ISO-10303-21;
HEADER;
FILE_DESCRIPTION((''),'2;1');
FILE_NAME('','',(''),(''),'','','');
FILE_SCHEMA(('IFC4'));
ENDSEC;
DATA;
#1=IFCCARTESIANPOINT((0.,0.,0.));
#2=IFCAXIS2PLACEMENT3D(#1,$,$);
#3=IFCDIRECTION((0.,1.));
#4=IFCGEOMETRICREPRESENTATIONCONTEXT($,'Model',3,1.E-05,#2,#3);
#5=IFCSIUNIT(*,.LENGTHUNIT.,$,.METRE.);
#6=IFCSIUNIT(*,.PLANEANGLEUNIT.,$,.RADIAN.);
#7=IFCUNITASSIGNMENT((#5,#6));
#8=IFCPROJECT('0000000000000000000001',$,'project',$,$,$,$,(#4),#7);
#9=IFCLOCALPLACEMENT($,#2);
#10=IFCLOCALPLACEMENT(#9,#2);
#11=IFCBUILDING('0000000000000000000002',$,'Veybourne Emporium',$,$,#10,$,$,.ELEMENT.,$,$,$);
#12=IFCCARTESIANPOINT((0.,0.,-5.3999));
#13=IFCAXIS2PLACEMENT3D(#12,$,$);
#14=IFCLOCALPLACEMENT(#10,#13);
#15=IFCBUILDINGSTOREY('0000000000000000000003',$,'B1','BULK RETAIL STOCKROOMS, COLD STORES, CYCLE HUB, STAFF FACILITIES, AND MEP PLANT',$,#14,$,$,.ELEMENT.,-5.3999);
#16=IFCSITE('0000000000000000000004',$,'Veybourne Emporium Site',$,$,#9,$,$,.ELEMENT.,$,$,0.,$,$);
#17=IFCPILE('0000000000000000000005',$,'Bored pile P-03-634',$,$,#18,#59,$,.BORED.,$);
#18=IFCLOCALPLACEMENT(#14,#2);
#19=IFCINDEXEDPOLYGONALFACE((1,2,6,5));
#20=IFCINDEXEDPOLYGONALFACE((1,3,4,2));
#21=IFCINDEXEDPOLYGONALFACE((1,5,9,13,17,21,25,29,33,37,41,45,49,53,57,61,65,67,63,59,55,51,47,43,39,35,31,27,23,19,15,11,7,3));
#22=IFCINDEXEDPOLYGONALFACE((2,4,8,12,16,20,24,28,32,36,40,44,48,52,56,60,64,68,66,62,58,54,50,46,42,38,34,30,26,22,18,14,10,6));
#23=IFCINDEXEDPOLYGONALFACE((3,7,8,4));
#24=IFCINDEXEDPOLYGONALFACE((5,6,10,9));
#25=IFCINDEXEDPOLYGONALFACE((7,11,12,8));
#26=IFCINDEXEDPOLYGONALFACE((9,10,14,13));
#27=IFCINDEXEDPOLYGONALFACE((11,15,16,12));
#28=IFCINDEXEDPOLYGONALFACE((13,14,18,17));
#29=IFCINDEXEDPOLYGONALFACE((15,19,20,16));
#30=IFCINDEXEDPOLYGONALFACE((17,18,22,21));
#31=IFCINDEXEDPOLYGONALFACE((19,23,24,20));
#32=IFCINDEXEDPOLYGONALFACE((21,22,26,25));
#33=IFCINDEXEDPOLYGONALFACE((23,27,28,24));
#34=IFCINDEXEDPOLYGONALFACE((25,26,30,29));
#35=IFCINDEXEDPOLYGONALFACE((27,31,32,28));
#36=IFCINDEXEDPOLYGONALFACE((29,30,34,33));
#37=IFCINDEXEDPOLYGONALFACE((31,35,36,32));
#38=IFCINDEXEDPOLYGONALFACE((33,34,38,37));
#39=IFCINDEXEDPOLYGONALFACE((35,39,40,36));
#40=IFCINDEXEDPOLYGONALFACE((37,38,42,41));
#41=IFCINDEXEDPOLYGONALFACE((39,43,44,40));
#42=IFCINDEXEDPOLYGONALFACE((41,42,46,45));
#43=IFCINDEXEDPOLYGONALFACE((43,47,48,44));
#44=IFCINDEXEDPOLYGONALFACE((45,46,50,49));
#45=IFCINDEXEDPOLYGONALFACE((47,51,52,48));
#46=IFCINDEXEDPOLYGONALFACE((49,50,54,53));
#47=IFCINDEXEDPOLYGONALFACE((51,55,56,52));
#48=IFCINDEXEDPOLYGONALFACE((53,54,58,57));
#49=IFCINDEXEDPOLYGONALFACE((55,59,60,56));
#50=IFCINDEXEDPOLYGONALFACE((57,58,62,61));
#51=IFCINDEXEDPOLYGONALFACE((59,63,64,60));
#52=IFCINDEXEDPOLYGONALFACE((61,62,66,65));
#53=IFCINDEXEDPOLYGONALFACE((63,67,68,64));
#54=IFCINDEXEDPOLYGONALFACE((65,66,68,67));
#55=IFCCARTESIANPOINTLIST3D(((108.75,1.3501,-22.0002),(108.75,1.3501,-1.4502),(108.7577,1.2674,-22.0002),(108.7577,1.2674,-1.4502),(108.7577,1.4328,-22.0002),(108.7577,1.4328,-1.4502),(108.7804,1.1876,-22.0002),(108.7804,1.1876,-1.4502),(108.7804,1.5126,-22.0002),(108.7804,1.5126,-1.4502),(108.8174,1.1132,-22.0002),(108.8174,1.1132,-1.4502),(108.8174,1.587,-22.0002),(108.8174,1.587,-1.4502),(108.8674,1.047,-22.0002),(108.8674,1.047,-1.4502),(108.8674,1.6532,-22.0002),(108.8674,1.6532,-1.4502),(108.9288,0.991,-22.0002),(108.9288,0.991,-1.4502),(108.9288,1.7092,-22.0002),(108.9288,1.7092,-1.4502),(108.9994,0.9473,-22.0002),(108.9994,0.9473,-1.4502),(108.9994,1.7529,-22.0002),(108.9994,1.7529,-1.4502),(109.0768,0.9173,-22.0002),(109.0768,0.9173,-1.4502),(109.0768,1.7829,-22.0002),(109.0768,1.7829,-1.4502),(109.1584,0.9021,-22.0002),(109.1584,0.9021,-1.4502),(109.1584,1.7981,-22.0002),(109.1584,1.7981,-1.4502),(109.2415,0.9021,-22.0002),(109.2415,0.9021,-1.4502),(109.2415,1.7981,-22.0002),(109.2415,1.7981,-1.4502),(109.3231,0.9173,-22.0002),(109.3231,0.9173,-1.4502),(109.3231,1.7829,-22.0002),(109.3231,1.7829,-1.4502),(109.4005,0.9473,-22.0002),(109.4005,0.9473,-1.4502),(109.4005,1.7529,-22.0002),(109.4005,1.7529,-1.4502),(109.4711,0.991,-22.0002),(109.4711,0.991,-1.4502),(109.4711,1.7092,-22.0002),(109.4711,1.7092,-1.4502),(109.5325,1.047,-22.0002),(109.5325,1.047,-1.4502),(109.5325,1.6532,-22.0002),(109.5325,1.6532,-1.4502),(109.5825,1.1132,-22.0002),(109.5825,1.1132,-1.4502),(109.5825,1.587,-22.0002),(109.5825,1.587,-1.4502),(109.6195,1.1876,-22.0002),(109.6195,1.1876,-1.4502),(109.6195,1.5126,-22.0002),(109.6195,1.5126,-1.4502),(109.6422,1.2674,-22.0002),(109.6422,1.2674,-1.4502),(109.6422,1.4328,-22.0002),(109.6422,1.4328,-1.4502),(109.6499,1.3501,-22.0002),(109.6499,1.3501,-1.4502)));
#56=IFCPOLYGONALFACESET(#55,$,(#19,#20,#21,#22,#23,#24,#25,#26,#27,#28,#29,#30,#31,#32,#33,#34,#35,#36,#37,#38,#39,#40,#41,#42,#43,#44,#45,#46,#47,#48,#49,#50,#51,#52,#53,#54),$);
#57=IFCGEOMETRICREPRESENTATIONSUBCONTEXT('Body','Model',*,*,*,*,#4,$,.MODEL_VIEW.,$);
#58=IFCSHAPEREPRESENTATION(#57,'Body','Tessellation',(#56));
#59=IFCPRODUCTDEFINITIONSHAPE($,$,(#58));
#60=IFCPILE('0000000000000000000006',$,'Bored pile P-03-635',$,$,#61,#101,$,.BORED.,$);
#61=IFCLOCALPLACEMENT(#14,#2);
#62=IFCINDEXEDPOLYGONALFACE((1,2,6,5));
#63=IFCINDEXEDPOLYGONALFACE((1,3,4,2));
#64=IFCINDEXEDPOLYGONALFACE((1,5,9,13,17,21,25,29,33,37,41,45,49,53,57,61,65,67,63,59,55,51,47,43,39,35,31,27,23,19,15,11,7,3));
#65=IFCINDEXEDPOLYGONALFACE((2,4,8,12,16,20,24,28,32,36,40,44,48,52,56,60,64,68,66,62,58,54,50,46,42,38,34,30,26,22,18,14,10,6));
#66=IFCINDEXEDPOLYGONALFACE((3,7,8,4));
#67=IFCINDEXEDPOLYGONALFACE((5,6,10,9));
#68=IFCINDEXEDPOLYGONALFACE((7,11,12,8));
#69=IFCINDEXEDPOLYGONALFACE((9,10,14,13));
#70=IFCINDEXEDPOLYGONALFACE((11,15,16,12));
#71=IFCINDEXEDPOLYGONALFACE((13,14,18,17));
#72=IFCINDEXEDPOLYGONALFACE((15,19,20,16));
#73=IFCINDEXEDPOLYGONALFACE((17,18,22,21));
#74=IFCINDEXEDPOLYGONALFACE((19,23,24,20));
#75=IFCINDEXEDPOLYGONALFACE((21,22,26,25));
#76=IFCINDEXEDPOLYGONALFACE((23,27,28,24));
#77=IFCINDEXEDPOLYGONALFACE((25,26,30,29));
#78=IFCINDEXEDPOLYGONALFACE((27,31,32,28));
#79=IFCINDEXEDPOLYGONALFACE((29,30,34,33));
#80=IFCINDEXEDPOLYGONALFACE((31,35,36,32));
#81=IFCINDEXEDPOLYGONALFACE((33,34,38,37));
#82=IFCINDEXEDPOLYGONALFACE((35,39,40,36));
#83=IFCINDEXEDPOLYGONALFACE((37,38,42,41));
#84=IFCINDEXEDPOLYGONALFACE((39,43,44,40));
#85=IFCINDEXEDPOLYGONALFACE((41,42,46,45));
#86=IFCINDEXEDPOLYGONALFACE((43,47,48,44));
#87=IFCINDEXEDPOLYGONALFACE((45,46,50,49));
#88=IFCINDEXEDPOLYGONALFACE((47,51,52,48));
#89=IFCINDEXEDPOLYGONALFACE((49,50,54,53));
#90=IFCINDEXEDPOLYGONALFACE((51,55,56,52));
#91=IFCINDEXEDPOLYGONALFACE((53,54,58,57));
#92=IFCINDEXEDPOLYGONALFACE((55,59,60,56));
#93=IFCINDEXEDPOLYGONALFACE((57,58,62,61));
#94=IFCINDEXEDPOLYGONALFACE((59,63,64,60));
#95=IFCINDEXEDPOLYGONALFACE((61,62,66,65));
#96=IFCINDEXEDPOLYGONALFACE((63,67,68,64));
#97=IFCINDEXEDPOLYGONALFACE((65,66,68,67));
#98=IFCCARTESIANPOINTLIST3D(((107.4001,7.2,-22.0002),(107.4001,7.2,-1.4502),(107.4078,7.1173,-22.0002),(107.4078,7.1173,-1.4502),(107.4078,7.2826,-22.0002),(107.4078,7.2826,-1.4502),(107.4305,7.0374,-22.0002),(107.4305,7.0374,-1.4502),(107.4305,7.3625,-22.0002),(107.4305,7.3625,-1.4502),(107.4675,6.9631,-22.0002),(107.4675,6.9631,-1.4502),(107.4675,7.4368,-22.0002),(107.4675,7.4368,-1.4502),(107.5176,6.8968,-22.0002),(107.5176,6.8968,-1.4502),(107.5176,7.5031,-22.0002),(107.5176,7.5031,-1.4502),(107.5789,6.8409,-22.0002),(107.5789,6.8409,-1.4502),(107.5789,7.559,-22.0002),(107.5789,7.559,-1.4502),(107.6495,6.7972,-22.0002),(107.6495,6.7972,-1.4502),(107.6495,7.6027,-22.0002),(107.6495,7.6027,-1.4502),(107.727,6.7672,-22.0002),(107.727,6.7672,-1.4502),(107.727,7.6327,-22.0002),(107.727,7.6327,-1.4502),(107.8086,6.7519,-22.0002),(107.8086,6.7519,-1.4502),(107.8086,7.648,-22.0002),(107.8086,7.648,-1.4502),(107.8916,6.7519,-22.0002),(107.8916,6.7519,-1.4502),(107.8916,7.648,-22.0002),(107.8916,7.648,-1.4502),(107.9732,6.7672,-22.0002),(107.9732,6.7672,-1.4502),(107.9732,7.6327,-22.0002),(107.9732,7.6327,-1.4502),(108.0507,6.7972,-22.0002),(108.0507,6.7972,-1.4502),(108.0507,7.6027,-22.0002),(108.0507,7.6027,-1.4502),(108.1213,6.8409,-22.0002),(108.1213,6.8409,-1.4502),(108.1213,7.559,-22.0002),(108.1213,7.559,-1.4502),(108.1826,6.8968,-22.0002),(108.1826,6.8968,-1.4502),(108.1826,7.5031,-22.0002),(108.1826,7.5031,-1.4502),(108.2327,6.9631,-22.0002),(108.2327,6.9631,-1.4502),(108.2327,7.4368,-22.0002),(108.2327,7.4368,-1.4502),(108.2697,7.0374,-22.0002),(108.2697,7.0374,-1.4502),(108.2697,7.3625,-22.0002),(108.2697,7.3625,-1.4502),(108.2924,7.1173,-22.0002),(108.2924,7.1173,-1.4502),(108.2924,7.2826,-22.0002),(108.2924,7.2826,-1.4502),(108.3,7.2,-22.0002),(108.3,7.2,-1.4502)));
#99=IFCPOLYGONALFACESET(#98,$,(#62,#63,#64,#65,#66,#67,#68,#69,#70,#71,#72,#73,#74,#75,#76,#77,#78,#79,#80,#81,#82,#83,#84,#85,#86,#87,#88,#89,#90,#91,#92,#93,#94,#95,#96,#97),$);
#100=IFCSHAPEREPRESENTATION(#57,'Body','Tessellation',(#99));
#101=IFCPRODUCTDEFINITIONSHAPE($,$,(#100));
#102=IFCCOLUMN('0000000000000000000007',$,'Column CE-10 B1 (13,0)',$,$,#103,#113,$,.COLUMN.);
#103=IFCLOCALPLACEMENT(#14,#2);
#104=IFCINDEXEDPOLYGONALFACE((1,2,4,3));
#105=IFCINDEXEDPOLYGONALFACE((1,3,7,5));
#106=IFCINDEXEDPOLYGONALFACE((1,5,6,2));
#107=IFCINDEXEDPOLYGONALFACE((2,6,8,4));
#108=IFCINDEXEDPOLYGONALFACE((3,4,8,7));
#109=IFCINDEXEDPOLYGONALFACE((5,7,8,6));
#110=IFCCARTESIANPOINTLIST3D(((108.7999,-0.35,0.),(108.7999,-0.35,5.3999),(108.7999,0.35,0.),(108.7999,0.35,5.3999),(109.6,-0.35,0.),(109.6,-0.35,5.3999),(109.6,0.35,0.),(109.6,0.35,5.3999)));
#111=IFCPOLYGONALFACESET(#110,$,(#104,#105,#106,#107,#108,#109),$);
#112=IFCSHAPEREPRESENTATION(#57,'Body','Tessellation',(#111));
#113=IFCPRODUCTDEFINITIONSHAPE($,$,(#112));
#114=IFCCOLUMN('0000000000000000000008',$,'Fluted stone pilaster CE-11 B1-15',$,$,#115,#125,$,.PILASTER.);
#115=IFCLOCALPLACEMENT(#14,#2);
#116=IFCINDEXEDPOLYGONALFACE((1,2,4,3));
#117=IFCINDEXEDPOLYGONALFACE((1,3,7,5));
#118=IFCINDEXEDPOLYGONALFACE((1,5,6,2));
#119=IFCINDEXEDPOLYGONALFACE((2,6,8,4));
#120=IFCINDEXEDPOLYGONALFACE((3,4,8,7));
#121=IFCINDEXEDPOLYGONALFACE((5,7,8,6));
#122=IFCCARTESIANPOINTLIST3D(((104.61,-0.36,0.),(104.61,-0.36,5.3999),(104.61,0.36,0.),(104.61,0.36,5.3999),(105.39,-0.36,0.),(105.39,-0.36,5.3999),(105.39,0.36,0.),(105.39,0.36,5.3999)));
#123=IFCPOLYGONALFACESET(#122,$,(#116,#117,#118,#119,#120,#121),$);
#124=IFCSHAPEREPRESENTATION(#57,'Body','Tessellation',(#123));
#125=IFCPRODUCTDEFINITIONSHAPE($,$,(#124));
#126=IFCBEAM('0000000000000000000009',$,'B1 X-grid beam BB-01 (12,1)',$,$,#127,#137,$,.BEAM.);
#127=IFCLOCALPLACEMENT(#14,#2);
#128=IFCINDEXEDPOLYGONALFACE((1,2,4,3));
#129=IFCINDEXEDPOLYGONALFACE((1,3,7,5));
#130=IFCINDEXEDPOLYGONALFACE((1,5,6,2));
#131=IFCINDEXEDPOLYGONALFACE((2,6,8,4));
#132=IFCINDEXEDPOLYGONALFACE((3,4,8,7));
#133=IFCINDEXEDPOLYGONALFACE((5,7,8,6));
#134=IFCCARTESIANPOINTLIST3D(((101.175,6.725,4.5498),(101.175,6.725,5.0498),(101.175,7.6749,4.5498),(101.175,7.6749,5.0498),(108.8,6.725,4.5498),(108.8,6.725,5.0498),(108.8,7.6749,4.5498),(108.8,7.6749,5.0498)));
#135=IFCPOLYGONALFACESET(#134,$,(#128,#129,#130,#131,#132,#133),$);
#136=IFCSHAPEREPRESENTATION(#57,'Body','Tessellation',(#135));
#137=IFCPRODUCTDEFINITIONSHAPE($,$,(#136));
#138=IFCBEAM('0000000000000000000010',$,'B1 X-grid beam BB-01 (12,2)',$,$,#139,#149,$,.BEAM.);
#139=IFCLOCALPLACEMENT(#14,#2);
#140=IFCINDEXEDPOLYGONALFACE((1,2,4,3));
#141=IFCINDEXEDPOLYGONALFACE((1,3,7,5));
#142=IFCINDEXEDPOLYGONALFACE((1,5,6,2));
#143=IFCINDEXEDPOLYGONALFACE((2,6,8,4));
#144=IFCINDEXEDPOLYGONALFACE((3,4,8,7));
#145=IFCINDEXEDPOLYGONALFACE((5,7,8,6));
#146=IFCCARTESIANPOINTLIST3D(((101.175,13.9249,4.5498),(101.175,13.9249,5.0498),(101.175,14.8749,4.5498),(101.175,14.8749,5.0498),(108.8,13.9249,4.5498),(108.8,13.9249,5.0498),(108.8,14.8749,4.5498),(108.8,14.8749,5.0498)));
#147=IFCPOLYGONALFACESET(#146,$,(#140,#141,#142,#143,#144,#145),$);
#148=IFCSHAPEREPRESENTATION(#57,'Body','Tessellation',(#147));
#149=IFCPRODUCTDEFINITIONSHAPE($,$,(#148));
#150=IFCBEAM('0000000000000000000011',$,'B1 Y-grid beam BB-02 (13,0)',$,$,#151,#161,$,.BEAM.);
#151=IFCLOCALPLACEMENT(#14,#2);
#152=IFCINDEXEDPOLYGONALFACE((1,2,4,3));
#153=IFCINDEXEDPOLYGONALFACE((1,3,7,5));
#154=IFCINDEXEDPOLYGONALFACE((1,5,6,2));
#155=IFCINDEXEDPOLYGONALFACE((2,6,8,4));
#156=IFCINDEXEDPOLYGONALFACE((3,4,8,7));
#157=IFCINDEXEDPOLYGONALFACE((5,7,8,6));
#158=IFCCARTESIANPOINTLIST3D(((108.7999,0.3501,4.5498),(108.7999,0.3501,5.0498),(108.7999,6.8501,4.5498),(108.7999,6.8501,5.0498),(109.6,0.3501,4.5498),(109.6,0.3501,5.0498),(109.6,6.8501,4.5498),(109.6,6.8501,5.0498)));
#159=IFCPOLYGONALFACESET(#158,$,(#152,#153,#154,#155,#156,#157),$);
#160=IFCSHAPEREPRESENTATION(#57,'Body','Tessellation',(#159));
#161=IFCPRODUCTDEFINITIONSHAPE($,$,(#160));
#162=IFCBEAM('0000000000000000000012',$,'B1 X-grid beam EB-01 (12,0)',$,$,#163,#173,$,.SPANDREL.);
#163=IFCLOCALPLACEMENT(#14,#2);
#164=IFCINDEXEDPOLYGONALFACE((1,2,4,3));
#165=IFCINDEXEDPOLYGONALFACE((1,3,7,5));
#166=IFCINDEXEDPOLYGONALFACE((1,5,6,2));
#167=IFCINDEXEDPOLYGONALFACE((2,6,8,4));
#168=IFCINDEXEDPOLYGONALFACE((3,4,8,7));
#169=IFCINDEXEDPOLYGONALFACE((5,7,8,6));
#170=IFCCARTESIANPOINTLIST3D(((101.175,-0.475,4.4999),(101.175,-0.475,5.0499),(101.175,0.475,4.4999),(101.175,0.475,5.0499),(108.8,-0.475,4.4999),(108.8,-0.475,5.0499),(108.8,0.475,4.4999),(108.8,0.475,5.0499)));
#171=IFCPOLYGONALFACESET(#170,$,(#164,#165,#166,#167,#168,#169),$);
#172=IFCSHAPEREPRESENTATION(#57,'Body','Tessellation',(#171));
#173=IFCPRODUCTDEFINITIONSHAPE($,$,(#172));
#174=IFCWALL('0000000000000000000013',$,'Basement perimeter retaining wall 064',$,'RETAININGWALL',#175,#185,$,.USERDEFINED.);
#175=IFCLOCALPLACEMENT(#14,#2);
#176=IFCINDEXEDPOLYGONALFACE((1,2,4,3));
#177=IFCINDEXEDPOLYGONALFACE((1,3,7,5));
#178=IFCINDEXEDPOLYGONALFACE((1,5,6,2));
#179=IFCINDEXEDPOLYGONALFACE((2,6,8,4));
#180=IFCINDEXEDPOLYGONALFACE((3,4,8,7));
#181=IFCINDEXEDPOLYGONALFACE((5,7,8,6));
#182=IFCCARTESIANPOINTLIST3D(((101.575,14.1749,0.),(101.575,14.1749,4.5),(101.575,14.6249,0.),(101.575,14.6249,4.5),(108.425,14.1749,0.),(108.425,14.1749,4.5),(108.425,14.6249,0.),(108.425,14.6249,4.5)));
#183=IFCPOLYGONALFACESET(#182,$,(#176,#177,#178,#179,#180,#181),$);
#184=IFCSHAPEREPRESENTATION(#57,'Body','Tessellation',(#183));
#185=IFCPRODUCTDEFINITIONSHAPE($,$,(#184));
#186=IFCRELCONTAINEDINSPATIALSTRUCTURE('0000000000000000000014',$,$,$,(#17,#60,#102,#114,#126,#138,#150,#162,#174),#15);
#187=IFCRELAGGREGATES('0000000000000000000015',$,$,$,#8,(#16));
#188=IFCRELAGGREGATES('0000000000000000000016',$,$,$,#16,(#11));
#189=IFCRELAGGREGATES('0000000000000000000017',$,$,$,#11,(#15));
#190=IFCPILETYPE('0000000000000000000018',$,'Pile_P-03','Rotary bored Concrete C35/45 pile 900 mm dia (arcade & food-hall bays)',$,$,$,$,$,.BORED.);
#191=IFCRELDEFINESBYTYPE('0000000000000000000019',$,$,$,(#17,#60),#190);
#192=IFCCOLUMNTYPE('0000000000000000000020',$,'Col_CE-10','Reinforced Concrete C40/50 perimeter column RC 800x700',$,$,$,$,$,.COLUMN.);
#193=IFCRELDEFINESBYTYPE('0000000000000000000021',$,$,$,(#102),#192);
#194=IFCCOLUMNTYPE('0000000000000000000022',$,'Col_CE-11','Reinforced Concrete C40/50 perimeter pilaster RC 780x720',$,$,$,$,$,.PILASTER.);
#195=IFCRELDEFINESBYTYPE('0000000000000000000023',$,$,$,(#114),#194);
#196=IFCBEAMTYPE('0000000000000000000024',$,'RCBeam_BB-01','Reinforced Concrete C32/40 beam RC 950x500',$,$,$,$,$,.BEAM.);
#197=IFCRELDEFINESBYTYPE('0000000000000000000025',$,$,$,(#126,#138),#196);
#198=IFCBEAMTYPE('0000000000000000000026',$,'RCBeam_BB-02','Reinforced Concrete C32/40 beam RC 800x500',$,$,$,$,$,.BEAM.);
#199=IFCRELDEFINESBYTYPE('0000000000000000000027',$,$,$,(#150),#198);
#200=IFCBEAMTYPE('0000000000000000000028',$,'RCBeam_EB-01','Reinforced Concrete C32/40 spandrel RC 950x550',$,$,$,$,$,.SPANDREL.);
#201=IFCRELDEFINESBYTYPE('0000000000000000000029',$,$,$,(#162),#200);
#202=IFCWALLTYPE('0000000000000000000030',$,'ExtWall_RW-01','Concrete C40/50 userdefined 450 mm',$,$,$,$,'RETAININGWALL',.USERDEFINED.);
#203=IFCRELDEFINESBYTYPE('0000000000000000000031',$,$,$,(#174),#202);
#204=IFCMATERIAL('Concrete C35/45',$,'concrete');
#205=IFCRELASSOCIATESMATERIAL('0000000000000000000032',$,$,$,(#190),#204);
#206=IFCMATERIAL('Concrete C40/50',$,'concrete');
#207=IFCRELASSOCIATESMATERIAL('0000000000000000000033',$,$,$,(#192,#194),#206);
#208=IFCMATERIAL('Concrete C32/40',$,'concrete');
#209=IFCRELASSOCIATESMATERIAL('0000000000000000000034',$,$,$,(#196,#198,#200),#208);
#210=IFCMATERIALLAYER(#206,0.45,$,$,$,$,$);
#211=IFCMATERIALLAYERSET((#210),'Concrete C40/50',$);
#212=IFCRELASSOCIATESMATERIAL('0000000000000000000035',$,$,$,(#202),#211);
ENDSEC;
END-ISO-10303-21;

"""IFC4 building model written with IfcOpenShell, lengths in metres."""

from ifc_helpers import new_model, si_unit, direction, frame, frame_2d, origin, origin_2d, place, context, subcontext, project, spatial, rectangle, circle, extrude, material, layer, layer_set, material_profile, profile_set, type_object, element, save


model = new_model("IFC4")

# Units and contexts
model_context = context("Model", 3, precision=1e-05, world=origin(), true_north=direction((0.0, 1.0)))
body_context = subcontext(model_context, "Body", "Model", "MODEL_VIEW")
ifc_project = project(units=[si_unit("LENGTHUNIT", "METRE"), si_unit("PLANEANGLEUNIT", "RADIAN")], contexts=[model_context])

# Site, building, storey
site_placement = place(None, origin())
site = spatial("IfcSite", under=ifc_project, at=site_placement, Name="Veybourne Emporium Site", CompositionType="ELEMENT", RefElevation=0.0)
building_placement = place(site_placement, origin())
building = spatial("IfcBuilding", under=site, at=building_placement, Name="Veybourne Emporium", CompositionType="ELEMENT")
storey_placement = place(building_placement, frame((0.0, 0.0, -5.3999)))
storey = spatial("IfcBuildingStorey", under=building, at=storey_placement, Name="B1", Description="BULK RETAIL STOCKROOMS, COLD STORES, CYCLE HUB, STAFF FACILITIES, AND MEP PLANT", CompositionType="ELEMENT", Elevation=-5.3999)

# Shared definitions
ifc_material_1 = material(Name="Concrete C35/45", Category="concrete")

# Piles
ifc_material_profile_1 = material_profile(ifc_material_1, circle(Radius=0.45, at=origin_2d()), Name="BORED PILE 900")
ifc_profile_set_1 = profile_set([ifc_material_profile_1], Name="Concrete C35/45")
pile_type = type_object("IfcPileType", Name="Pile_P-03", Description="Rotary bored Concrete C35/45 pile 900 mm dia (arcade & food-hall bays)", PredefinedType="BORED", material=ifc_profile_set_1)
for number, where, z_axis, x_axis, name in (
    (1, (109.2, 1.3501, -1.4502), (0.0, 0.0, -1.0), (1.0, 0.0, 0.0), "Bored pile P-03-634"),
    (2, (107.8501, 7.2, -1.4502), (0.0, 0.0, -1.0), (1.0, 0.0, 0.0), "Bored pile P-03-635"),
):
    element("IfcPile", number, at=place(storey_placement, frame(where, z_axis=z_axis, x_axis=x_axis)), inside=storey, type_object=pile_type, Name=name, PredefinedType="BORED", context=body_context, shape_type="SweptSolid", body=[
        extrude(circle(Radius=0.45, at=origin_2d()), origin(), (0.0, 0.0, 1.0), 20.55),
    ])

# Columns
ifc_material_2 = material(Name="Concrete C40/50", Category="concrete")
ifc_material_profile_2 = material_profile(ifc_material_2, rectangle(XDim=0.8, YDim=0.7, at=origin_2d()), Name="RC 800x700")
ifc_profile_set_2 = profile_set([ifc_material_profile_2], Name="Concrete C40/50")
column_type_1 = type_object("IfcColumnType", Name="Col_CE-10", Description="Reinforced Concrete C40/50 perimeter column RC 800x700", PredefinedType="COLUMN", material=ifc_profile_set_2)
column_1_placement = place(storey_placement, frame((109.2, 0.0, 0.0), z_axis=(0.0, 0.0, 1.0), x_axis=(1.0, 0.0, 0.0)))
element("IfcColumn", 3, at=column_1_placement, inside=storey, type_object=column_type_1, Name="Column CE-10 B1 (13,0)", PredefinedType="COLUMN", context=body_context, shape_type="SweptSolid", body=[
    extrude(rectangle(XDim=0.8, YDim=0.7, at=origin_2d()), origin(), (0.0, 0.0, 1.0), 5.3999),
])
ifc_material_profile_3 = material_profile(ifc_material_2, rectangle(XDim=0.78, YDim=0.72, at=origin_2d()), Name="RC 780x720")
ifc_profile_set_3 = profile_set([ifc_material_profile_3], Name="Concrete C40/50")
column_type_2 = type_object("IfcColumnType", Name="Col_CE-11", Description="Reinforced Concrete C40/50 perimeter pilaster RC 780x720", PredefinedType="PILASTER", material=ifc_profile_set_3)
column_2_placement = place(storey_placement, frame((105.0, 0.0, 0.0), z_axis=(0.0, 0.0, 1.0), x_axis=(1.0, 0.0, 0.0)))
element("IfcColumn", 4, at=column_2_placement, inside=storey, type_object=column_type_2, Name="Fluted stone pilaster CE-11 B1-15", PredefinedType="PILASTER", context=body_context, shape_type="SweptSolid", body=[
    extrude(rectangle(XDim=0.78, YDim=0.72, at=origin_2d()), origin(), (0.0, 0.0, 1.0), 5.3999),
])

# Beams
ifc_material_3 = material(Name="Concrete C32/40", Category="concrete")
ifc_material_profile_4 = material_profile(ifc_material_3, rectangle(XDim=0.95, YDim=0.5, at=origin_2d()), Name="RC 950x500")
ifc_profile_set_4 = profile_set([ifc_material_profile_4], Name="Concrete C32/40")
beam_type_1 = type_object("IfcBeamType", Name="RCBeam_BB-01", Description="Reinforced Concrete C32/40 beam RC 950x500", PredefinedType="BEAM", material=ifc_profile_set_4)
for number, where, z_axis, x_axis, name in (
    (5, (101.175, 7.2, 4.7998), (1.0, 0.0, 0.0), (0.0, 1.0, 0.0), "B1 X-grid beam BB-01 (12,1)"),
    (6, (101.175, 14.3999, 4.7998), (1.0, 0.0, 0.0), (0.0, 1.0, 0.0), "B1 X-grid beam BB-01 (12,2)"),
):
    element("IfcBeam", number, at=place(storey_placement, frame(where, z_axis=z_axis, x_axis=x_axis)), inside=storey, type_object=beam_type_1, Name=name, PredefinedType="BEAM", context=body_context, shape_type="SweptSolid", body=[
        extrude(rectangle(XDim=0.95, YDim=0.5, at=origin_2d()), origin(), (0.0, 0.0, 1.0), 7.625),
    ])
ifc_material_profile_5 = material_profile(ifc_material_3, rectangle(XDim=0.8, YDim=0.5, at=origin_2d()), Name="RC 800x500")
ifc_profile_set_5 = profile_set([ifc_material_profile_5], Name="Concrete C32/40")
beam_type_2 = type_object("IfcBeamType", Name="RCBeam_BB-02", Description="Reinforced Concrete C32/40 beam RC 800x500", PredefinedType="BEAM", material=ifc_profile_set_5)
beam_1_placement = place(storey_placement, frame((109.2, 0.3501, 4.7998), z_axis=(0.0, 1.0, 0.0), x_axis=(-1.0, 0.0, 0.0)))
element("IfcBeam", 7, at=beam_1_placement, inside=storey, type_object=beam_type_2, Name="B1 Y-grid beam BB-02 (13,0)", PredefinedType="BEAM", context=body_context, shape_type="SweptSolid", body=[
    extrude(rectangle(XDim=0.8, YDim=0.5, at=origin_2d()), origin(), (0.0, 0.0, 1.0), 6.5),
])
ifc_material_profile_6 = material_profile(ifc_material_3, rectangle(XDim=0.95, YDim=0.55, at=origin_2d()), Name="RC 950x550")
ifc_profile_set_6 = profile_set([ifc_material_profile_6], Name="Concrete C32/40")
beam_type_3 = type_object("IfcBeamType", Name="RCBeam_EB-01", Description="Reinforced Concrete C32/40 spandrel RC 950x550", PredefinedType="SPANDREL", material=ifc_profile_set_6)
beam_2_placement = place(storey_placement, frame((101.175, 0.0, 4.7749), z_axis=(1.0, 0.0, 0.0), x_axis=(0.0, 1.0, 0.0)))
element("IfcBeam", 8, at=beam_2_placement, inside=storey, type_object=beam_type_3, Name="B1 X-grid beam EB-01 (12,0)", PredefinedType="SPANDREL", context=body_context, shape_type="SweptSolid", body=[
    extrude(rectangle(XDim=0.95, YDim=0.55, at=origin_2d()), origin(), (0.0, 0.0, 1.0), 7.625),
])

# Wall
ifc_layer_1 = layer(ifc_material_2, 0.45)
ifc_layer_set_1 = layer_set([ifc_layer_1], Name="Concrete C40/50")
wall_type_1 = type_object("IfcWallType", Name="ExtWall_RW-01", Description="Concrete C40/50 userdefined 450 mm", ElementType="RETAININGWALL", PredefinedType="USERDEFINED", material=ifc_layer_set_1)
wall_1_placement = place(storey_placement, frame((108.425, 14.3999, 0.0), z_axis=(0.0, 0.0, 1.0), x_axis=(-1.0, 0.0, 0.0)))
element("IfcWall", 9, at=wall_1_placement, inside=storey, type_object=wall_type_1, Name="Basement perimeter retaining wall 064", ObjectType="RETAININGWALL", PredefinedType="USERDEFINED", context=body_context, shape_type="SweptSolid", body=[
    extrude(rectangle(XDim=6.8501, YDim=0.45, at=frame_2d((3.425, 0.0))), origin(), (0.0, 0.0, 1.0), 4.5),
])

save(model, "model.ifc")
